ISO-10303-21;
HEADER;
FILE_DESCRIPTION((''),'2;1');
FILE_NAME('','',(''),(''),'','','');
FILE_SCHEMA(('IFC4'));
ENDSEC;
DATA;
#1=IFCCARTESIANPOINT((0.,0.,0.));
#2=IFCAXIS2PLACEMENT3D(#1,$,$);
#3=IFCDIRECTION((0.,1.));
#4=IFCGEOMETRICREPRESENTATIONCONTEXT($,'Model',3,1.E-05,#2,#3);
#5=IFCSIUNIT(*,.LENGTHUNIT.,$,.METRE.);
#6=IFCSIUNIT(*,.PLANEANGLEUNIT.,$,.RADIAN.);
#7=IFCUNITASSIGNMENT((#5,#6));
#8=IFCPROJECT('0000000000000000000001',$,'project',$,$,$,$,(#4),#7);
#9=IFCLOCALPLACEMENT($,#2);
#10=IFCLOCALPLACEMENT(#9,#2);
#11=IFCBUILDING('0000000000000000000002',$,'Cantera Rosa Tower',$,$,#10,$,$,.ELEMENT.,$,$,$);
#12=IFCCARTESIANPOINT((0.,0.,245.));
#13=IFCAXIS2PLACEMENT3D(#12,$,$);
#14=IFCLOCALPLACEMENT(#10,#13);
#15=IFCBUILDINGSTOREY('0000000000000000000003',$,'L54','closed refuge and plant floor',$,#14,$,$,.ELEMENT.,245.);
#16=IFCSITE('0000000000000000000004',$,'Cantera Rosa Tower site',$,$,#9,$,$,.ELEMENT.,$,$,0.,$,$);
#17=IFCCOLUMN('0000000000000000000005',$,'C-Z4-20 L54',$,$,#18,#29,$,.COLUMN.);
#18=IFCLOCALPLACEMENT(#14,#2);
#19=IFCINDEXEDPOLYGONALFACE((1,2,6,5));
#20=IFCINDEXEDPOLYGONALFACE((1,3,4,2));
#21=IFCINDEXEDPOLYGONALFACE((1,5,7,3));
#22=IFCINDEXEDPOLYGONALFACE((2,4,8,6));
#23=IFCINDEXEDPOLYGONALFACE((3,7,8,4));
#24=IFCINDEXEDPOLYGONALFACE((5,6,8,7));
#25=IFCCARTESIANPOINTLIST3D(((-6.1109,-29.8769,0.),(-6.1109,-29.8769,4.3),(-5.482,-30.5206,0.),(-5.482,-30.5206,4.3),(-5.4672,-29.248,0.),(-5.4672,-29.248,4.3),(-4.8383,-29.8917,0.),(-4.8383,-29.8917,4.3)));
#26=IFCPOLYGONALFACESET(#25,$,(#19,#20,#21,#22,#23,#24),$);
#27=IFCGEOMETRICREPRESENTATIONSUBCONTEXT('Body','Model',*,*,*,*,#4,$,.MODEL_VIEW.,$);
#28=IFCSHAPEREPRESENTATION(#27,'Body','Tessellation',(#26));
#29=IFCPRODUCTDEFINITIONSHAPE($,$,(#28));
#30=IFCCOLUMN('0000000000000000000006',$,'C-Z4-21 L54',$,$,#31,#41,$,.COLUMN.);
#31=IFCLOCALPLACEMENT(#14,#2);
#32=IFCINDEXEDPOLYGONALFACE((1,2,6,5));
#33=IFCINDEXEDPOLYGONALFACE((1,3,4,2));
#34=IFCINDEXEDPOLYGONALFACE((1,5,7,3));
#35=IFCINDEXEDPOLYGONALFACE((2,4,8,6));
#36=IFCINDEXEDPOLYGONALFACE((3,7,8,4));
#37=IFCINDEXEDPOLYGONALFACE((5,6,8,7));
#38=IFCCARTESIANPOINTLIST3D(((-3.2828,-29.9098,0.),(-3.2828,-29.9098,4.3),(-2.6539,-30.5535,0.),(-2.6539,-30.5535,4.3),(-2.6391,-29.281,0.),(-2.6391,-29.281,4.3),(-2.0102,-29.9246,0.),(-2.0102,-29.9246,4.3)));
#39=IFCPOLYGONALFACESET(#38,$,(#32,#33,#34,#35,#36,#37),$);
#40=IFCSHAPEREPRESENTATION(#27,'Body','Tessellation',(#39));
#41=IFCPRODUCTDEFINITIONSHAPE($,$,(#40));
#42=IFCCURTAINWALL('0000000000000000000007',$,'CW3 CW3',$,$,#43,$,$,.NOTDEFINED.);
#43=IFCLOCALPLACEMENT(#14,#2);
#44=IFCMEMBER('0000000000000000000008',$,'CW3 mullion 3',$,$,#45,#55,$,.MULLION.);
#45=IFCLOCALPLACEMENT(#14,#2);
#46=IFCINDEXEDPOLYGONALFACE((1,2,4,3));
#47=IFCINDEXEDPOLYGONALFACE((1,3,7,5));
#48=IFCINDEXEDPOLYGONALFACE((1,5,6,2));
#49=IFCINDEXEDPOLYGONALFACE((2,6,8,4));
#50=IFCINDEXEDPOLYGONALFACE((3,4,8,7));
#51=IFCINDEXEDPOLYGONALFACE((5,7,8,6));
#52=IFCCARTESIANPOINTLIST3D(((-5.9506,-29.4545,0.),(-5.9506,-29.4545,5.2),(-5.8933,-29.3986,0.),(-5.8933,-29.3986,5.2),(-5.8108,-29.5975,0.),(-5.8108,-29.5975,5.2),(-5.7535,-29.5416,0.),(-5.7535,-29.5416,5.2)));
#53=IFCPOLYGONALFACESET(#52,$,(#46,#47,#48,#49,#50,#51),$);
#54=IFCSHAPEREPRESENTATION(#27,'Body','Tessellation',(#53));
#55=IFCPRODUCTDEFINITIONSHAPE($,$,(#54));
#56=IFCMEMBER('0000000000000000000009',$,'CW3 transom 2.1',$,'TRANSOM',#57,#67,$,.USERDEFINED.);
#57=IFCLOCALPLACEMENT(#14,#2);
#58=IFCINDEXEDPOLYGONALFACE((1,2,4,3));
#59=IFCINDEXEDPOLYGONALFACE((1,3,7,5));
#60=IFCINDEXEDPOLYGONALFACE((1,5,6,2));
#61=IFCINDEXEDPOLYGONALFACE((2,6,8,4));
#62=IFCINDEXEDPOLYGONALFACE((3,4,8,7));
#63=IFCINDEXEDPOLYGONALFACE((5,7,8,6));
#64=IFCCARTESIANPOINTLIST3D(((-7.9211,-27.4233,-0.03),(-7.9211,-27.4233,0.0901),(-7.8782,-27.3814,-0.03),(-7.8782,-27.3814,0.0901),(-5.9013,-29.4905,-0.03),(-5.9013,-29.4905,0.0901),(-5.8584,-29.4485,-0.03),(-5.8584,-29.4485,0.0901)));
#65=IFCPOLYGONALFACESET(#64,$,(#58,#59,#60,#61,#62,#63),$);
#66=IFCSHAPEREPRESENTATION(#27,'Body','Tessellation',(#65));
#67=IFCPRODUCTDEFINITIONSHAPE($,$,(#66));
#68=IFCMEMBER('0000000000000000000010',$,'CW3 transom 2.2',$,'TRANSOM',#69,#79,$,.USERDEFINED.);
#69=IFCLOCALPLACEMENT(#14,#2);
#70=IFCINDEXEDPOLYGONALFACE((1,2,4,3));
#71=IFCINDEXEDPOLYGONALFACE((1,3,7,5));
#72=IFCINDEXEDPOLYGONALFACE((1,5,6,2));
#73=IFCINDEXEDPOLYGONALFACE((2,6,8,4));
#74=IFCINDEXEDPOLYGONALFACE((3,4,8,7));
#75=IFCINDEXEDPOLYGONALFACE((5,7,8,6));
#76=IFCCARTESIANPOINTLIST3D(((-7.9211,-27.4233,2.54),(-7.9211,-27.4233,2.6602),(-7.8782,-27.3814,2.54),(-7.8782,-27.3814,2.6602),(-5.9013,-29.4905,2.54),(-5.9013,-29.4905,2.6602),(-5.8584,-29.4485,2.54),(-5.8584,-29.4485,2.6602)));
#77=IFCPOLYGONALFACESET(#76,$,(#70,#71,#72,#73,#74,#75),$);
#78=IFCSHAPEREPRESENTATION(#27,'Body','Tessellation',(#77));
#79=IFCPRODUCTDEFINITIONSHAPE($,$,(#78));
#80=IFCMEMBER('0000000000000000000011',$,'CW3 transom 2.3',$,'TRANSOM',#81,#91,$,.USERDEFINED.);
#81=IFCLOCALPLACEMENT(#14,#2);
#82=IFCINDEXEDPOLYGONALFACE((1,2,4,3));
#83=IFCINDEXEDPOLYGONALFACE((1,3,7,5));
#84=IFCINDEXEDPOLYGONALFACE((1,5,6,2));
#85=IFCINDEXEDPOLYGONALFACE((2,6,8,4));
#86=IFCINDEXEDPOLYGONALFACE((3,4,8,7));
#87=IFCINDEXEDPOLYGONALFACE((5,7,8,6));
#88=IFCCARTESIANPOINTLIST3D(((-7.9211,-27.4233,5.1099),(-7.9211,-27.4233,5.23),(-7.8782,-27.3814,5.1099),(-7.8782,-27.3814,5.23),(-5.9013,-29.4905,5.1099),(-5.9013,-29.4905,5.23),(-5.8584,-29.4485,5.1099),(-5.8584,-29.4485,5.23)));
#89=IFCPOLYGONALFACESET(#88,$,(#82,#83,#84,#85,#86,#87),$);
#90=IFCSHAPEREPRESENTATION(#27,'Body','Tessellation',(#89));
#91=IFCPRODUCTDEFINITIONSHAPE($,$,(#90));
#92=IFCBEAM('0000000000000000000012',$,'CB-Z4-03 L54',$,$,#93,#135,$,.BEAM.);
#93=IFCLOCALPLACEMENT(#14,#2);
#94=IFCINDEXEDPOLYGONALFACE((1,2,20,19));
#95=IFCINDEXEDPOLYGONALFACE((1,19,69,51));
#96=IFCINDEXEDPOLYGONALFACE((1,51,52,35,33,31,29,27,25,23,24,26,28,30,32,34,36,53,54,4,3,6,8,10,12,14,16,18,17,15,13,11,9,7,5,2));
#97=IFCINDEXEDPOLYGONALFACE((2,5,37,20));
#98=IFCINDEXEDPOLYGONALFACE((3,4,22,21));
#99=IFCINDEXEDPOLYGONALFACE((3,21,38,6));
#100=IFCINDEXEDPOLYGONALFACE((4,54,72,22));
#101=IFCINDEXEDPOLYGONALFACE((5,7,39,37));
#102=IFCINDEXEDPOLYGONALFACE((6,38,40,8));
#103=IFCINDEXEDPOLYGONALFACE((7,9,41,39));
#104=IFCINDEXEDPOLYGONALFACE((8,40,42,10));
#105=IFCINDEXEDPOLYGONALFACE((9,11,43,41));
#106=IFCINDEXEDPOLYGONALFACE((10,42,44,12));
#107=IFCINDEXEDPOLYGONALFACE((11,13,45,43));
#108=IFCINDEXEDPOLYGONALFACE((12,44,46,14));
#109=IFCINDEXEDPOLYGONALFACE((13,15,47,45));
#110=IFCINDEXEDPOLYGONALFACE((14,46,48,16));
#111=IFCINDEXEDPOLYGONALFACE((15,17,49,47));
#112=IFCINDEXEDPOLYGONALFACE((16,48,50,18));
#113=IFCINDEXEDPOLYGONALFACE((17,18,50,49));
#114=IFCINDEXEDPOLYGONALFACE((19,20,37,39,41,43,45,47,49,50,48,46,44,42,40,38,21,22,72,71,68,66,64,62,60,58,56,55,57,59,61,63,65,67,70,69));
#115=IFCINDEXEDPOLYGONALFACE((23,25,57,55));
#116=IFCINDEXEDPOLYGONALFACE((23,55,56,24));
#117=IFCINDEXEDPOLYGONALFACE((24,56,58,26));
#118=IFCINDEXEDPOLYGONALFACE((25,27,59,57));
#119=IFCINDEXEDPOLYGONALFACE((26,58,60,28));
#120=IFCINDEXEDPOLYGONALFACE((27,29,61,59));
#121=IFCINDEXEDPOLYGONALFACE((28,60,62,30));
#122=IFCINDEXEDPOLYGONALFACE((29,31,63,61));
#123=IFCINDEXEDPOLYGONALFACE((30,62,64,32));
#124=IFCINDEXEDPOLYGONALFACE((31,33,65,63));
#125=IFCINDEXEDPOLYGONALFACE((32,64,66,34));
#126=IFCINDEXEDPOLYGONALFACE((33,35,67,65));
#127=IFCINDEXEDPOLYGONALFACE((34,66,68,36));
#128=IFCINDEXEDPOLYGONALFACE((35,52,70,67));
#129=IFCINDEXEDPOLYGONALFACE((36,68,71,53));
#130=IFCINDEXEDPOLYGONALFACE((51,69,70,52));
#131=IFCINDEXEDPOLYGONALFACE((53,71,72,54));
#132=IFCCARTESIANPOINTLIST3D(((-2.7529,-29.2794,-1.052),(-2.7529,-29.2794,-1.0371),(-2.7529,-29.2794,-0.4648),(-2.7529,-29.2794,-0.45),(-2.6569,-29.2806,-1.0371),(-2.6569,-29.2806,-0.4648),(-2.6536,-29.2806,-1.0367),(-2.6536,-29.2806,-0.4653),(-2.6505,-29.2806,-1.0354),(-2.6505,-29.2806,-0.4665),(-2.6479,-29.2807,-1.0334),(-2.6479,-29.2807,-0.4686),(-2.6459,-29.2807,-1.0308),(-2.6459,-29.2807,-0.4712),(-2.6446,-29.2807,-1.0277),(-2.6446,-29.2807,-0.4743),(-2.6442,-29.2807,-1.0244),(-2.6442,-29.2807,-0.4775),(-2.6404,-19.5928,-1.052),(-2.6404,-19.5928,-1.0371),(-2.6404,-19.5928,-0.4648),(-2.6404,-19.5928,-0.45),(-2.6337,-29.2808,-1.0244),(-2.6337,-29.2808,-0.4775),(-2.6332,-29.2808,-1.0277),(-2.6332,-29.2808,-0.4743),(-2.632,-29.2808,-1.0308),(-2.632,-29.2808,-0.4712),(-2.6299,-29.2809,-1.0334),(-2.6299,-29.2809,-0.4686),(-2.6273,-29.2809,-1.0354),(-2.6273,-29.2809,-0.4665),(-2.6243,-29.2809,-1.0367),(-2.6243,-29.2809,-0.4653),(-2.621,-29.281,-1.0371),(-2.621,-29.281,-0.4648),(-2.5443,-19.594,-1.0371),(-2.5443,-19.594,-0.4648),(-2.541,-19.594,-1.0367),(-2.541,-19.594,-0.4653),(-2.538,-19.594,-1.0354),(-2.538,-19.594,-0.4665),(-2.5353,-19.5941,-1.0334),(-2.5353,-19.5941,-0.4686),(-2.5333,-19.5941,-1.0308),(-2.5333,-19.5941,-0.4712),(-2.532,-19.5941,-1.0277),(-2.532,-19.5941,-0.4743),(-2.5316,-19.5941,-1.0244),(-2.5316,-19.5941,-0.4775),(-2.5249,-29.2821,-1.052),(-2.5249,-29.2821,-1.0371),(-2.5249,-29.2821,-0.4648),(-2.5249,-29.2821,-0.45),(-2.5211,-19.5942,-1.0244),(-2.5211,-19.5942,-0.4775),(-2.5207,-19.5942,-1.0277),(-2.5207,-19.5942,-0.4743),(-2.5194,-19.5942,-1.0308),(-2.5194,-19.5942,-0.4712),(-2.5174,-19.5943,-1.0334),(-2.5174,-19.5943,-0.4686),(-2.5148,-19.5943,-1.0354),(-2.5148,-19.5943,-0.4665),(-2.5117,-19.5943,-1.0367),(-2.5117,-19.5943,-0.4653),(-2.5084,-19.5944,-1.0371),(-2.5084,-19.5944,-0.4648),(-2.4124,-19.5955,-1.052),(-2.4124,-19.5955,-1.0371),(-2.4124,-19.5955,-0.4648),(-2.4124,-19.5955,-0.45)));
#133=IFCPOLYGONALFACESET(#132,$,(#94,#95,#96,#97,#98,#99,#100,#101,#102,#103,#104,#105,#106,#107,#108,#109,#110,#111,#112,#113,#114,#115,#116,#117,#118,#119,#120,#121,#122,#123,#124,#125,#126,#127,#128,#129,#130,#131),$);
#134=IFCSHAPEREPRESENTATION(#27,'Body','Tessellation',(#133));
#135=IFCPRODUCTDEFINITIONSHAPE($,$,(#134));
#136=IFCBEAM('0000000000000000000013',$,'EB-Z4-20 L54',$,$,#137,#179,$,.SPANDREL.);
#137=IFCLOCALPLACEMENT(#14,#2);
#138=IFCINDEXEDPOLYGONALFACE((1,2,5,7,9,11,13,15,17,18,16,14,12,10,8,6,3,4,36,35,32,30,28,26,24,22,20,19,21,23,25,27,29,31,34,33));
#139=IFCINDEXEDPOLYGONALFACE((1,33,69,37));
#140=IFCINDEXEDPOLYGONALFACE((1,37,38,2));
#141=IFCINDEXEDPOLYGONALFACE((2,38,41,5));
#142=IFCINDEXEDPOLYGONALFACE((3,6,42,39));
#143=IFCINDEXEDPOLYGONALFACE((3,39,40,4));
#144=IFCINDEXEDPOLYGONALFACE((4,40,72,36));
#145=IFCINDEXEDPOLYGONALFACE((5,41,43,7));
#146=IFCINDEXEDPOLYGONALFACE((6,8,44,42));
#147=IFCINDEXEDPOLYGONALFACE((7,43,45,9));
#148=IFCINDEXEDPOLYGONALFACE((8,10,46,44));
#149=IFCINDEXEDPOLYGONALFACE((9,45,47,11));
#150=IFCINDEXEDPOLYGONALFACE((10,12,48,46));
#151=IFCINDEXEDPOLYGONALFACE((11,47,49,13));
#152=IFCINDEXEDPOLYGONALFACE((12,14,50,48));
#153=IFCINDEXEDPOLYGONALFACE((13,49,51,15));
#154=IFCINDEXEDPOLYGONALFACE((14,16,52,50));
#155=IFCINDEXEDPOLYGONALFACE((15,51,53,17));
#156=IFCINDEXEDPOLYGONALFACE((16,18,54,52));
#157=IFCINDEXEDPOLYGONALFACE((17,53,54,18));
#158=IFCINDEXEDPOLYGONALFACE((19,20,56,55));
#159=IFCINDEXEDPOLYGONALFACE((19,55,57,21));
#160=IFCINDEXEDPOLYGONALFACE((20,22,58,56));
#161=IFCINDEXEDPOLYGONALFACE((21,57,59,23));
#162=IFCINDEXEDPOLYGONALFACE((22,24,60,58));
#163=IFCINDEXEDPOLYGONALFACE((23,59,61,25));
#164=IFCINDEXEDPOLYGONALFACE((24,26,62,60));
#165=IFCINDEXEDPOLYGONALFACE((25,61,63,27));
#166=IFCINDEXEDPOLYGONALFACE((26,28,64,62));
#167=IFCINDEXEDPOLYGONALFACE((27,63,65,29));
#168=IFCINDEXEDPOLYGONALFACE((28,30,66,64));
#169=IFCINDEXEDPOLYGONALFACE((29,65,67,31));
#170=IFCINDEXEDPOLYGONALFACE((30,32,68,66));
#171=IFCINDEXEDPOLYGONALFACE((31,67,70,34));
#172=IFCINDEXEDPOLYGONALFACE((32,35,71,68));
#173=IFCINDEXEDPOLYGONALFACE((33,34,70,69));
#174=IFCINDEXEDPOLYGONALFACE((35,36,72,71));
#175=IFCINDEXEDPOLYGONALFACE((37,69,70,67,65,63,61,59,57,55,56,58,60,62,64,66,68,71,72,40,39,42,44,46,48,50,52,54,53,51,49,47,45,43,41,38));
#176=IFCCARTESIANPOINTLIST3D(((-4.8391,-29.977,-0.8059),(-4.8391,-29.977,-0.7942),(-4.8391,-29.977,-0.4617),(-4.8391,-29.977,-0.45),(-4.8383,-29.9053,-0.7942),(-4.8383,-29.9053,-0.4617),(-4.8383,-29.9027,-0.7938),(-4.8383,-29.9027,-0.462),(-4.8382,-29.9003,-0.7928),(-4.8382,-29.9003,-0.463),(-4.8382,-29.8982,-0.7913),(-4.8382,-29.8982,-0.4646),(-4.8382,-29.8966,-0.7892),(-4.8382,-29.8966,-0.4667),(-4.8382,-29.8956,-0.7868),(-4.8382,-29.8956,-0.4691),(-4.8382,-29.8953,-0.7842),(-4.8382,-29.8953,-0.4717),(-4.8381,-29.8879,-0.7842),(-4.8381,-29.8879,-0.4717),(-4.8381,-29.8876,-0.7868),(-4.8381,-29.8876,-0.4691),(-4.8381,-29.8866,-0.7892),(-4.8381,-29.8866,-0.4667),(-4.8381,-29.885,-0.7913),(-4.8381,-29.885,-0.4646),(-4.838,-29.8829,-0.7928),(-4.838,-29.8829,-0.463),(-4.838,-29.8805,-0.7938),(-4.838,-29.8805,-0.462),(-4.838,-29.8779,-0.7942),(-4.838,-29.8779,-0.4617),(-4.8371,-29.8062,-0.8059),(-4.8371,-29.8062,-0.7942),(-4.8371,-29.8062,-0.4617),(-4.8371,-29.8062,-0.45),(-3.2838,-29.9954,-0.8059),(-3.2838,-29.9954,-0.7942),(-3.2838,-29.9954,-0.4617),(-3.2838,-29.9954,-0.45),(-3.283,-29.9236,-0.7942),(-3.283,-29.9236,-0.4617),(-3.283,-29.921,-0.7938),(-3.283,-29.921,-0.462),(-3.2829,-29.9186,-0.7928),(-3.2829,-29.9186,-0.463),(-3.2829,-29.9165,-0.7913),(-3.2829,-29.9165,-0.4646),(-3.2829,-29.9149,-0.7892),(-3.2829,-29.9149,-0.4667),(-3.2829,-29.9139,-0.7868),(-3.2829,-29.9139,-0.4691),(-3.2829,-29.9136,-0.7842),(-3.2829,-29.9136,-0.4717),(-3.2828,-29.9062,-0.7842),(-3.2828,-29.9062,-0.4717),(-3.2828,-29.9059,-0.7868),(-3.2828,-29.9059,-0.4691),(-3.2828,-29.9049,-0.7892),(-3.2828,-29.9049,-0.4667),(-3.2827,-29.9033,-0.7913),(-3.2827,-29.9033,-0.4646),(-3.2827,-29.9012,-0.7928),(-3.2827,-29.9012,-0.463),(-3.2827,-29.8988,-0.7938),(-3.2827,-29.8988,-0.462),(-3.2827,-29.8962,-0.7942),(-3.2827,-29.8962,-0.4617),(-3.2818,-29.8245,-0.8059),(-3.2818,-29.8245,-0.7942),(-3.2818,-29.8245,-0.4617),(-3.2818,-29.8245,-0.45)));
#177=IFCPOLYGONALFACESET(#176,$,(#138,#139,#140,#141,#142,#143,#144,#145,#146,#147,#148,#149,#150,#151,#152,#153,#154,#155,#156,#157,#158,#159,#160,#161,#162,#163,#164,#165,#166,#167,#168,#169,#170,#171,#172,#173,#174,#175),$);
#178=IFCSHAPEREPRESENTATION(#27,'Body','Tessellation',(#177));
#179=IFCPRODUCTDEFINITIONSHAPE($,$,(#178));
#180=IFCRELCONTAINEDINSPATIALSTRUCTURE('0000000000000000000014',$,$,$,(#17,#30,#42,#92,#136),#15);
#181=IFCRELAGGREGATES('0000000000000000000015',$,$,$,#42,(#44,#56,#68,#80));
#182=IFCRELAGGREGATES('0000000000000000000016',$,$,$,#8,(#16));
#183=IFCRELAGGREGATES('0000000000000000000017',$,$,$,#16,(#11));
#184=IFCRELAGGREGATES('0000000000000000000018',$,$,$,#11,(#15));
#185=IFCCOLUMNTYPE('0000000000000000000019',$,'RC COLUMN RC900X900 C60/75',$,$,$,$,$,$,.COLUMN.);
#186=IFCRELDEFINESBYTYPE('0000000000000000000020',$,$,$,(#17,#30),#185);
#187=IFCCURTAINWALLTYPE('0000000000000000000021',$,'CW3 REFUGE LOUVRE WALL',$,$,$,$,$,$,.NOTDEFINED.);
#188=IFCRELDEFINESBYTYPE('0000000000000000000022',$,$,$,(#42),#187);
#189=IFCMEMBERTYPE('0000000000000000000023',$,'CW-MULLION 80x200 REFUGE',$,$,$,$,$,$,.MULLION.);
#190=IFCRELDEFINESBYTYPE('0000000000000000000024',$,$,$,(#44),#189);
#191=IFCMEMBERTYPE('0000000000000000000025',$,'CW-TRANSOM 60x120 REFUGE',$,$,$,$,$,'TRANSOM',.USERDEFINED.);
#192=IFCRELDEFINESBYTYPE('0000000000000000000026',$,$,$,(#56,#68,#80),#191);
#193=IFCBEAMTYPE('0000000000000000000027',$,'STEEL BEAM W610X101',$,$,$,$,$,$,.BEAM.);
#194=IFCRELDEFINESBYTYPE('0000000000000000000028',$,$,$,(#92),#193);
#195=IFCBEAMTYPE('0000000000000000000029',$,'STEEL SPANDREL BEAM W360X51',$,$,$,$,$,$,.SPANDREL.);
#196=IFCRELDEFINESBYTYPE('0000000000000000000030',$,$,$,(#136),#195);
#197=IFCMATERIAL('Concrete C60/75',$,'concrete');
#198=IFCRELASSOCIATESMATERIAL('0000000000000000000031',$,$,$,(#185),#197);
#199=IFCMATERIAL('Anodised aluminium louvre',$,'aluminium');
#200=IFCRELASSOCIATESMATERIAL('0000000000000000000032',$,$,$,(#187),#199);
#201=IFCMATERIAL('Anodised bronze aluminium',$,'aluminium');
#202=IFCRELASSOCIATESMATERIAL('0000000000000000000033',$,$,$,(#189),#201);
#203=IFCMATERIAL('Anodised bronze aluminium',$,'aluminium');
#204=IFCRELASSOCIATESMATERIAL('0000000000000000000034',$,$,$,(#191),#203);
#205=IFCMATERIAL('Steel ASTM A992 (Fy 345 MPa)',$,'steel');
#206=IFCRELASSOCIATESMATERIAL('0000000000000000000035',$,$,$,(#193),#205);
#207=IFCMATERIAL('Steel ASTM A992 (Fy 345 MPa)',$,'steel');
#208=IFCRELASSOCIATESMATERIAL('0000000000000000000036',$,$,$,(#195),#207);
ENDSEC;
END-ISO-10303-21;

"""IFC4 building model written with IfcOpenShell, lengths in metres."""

from ifc_helpers import new_model, si_unit, direction, frame, origin, origin_2d, place, context, subcontext, project, spatial, rectangle, i_section, extrude, material, material_profile, profile_set, type_object, element, aggregate, save


model = new_model("IFC4")

# Units and contexts
model_context = context("Model", 3, precision=1e-05, world=origin(), true_north=direction((0.0, 1.0)))
body_context = subcontext(model_context, "Body", "Model", "MODEL_VIEW")
ifc_project = project(units=[si_unit("LENGTHUNIT", "METRE"), si_unit("PLANEANGLEUNIT", "RADIAN")], contexts=[model_context])

# Site, building, storey
site_placement = place(None, origin())
site = spatial("IfcSite", under=ifc_project, at=site_placement, Name="Cantera Rosa Tower site", CompositionType="ELEMENT", RefElevation=0.0)
building_placement = place(site_placement, origin())
building = spatial("IfcBuilding", under=site, at=building_placement, Name="Cantera Rosa Tower", CompositionType="ELEMENT")
storey_placement = place(building_placement, frame((0.0, 0.0, 245.0)))
storey = spatial("IfcBuildingStorey", under=building, at=storey_placement, Name="L54", Description="closed refuge and plant floor", CompositionType="ELEMENT", Elevation=245.0)

# Columns
ifc_material_1 = material(Name="Concrete C60/75", Category="concrete")
ifc_material_profile_1 = material_profile(ifc_material_1, rectangle(XDim=0.8999, YDim=0.8999, at=origin_2d()), Name="RC COLUMN RC900X900 C60/75")
ifc_profile_set_1 = profile_set([ifc_material_profile_1], Name="Concrete C60/75")
column_type = type_object("IfcColumnType", Name="RC COLUMN RC900X900 C60/75", PredefinedType="COLUMN", material=ifc_profile_set_1)
for number, where, z_axis, x_axis, name in (
    (1, (-5.4746, -29.8843, 0.0), (0.0, 0.0, 1.0), (0.715286, 0.698832, 0.0), "C-Z4-20 L54"),
    (2, (-2.6465, -29.9172, 0.0), (0.0, 0.0, 1.0), (0.715286, 0.698832, 0.0), "C-Z4-21 L54"),
):
    element("IfcColumn", number, at=place(storey_placement, frame(where, z_axis=z_axis, x_axis=x_axis)), inside=storey, type_object=column_type, Name=name, PredefinedType="COLUMN", context=body_context, shape_type="SweptSolid", body=[
        extrude(rectangle(XDim=0.8999, YDim=0.8999, at=origin_2d()), origin(), (0.0, 0.0, 1.0), 4.3),
    ])

# Curtain wall, members
ifc_material_2 = material(Name="Anodised aluminium louvre", Category="aluminium")
curtain_wall_type = type_object("IfcCurtainWallType", Name="CW3 REFUGE LOUVRE WALL", PredefinedType="NOTDEFINED", material=ifc_material_2)
curtain_wall_placement = place(storey_placement, origin())
curtain_wall = element("IfcCurtainWall", 3, at=curtain_wall_placement, inside=storey, type_object=curtain_wall_type, Name="CW3 CW3", PredefinedType="NOTDEFINED")
ifc_material_3 = material(Name="Anodised bronze aluminium", Category="aluminium")
ifc_material_profile_2 = material_profile(ifc_material_3, rectangle(XDim=0.0801, YDim=0.2, at=origin_2d()), Name="CW-MULLION 80x200 REFUGE")
ifc_profile_set_2 = profile_set([ifc_material_profile_2], Name="Anodised bronze aluminium")
member_type_1 = type_object("IfcMemberType", Name="CW-MULLION 80x200 REFUGE", PredefinedType="MULLION", material=ifc_profile_set_2)
member_1_placement = place(storey_placement, frame((-5.8521, -29.498, 0.0), z_axis=(0.0, 0.0, 1.0), x_axis=(0.715286, 0.698832, 0.0)))
member_1 = element("IfcMember", 4, at=member_1_placement, type_object=member_type_1, Name="CW3 mullion 3", PredefinedType="MULLION", context=body_context, shape_type="SweptSolid", body=[
    extrude(rectangle(XDim=0.0801, YDim=0.2, at=origin_2d()), origin(), (0.0, 0.0, 1.0), 5.2),
])
ifc_material_4 = material(Name="Anodised bronze aluminium", Category="aluminium")
ifc_material_profile_3 = material_profile(ifc_material_4, rectangle(XDim=0.0601, YDim=0.1201, at=origin_2d()), Name="CW-TRANSOM 60x120 REFUGE")
ifc_profile_set_3 = profile_set([ifc_material_profile_3], Name="Anodised bronze aluminium")
member_type_2 = type_object("IfcMemberType", Name="CW-TRANSOM 60x120 REFUGE", ElementType="TRANSOM", PredefinedType="USERDEFINED", material=ifc_profile_set_3)
member_2_placement = place(storey_placement, frame((-7.8997, -27.4023, 0.03), z_axis=(0.698865, -0.715253, 0.0), x_axis=(0.715253, 0.698865, 0.0)))
member_2 = element("IfcMember", 5, at=member_2_placement, type_object=member_type_2, Name="CW3 transom 2.1", ObjectType="TRANSOM", PredefinedType="USERDEFINED", context=body_context, shape_type="SweptSolid", body=[
    extrude(rectangle(XDim=0.0601, YDim=0.1201, at=origin_2d()), origin(), (0.0, 0.0, 1.0), 2.8901),
])
member_3_placement = place(storey_placement, frame((-7.8997, -27.4023, 2.6001), z_axis=(0.698865, -0.715253, 0.0), x_axis=(0.715253, 0.698865, 0.0)))
member_3 = element("IfcMember", 6, at=member_3_placement, type_object=member_type_2, Name="CW3 transom 2.2", ObjectType="TRANSOM", PredefinedType="USERDEFINED", context=body_context, shape_type="SweptSolid", body=[
    extrude(rectangle(XDim=0.0601, YDim=0.1201, at=origin_2d()), origin(), (0.0, 0.0, 1.0), 2.8901),
])
member_4_placement = place(storey_placement, frame((-7.8997, -27.4023, 5.1699), z_axis=(0.698865, -0.715253, 0.0), x_axis=(0.715253, 0.698865, 0.0)))
member_4 = element("IfcMember", 7, at=member_4_placement, type_object=member_type_2, Name="CW3 transom 2.3", ObjectType="TRANSOM", PredefinedType="USERDEFINED", context=body_context, shape_type="SweptSolid", body=[
    extrude(rectangle(XDim=0.0601, YDim=0.1201, at=origin_2d()), origin(), (0.0, 0.0, 1.0), 2.8901),
])

# Beams
ifc_material_5 = material(Name="Steel ASTM A992 (Fy 345 MPa)", Category="steel")
ifc_material_profile_4 = material_profile(ifc_material_5, i_section(OverallWidth=0.228, OverallDepth=0.6021, WebThickness=0.0105, FlangeThickness=0.0149, FilletRadius=0.0127, at=origin_2d()), Name="W610X101")
ifc_profile_set_4 = profile_set([ifc_material_profile_4], Name="Steel ASTM A992 (Fy 345 MPa)")
beam_type_1 = type_object("IfcBeamType", Name="STEEL BEAM W610X101", PredefinedType="BEAM", material=ifc_profile_set_4)
beam_placement = place(storey_placement, frame((-2.6389, -29.2808, -0.751), z_axis=(0.011618, 0.999933, 0.0), x_axis=(-0.999933, 0.011618, 0.0)))
element("IfcBeam", 8, at=beam_placement, inside=storey, type_object=beam_type_1, Name="CB-Z4-03 L54", PredefinedType="BEAM", context=body_context, shape_type="SweptSolid", body=[
    extrude(i_section(OverallWidth=0.228, OverallDepth=0.6021, WebThickness=0.0105, FlangeThickness=0.0149, FilletRadius=0.0127, at=origin_2d()), origin(), (0.0, 0.0, 1.0), 9.6873),
])
ifc_material_6 = material(Name="Steel ASTM A992 (Fy 345 MPa)", Category="steel")
ifc_material_profile_5 = material_profile(ifc_material_6, i_section(OverallWidth=0.1709, OverallDepth=0.356, WebThickness=0.0073, FlangeThickness=0.0117, FilletRadius=0.01, at=origin_2d()), Name="W360X51")
ifc_profile_set_5 = profile_set([ifc_material_profile_5], Name="Steel ASTM A992 (Fy 345 MPa)")
beam_type_2 = type_object("IfcBeamType", Name="STEEL SPANDREL BEAM W360X51", PredefinedType="SPANDREL", material=ifc_profile_set_5)
for number, where, z_axis, x_axis, name in (
    (9, (-4.8381, -29.8916, -0.6279), (0.999931, -0.011771, 0.0), (0.011771, 0.999931, 0.0), "EB-Z4-20 L54"),
):
    element("IfcBeam", number, at=place(storey_placement, frame(where, z_axis=z_axis, x_axis=x_axis)), inside=storey, type_object=beam_type_2, Name=name, PredefinedType="SPANDREL", context=body_context, shape_type="SweptSolid", body=[
        extrude(i_section(OverallWidth=0.1709, OverallDepth=0.356, WebThickness=0.0073, FlangeThickness=0.0117, FilletRadius=0.01, at=origin_2d()), origin(), (0.0, 0.0, 1.0), 1.5554),
    ])

aggregate(curtain_wall, [member_1, member_2, member_3, member_4])

save(model, "model.ifc")
